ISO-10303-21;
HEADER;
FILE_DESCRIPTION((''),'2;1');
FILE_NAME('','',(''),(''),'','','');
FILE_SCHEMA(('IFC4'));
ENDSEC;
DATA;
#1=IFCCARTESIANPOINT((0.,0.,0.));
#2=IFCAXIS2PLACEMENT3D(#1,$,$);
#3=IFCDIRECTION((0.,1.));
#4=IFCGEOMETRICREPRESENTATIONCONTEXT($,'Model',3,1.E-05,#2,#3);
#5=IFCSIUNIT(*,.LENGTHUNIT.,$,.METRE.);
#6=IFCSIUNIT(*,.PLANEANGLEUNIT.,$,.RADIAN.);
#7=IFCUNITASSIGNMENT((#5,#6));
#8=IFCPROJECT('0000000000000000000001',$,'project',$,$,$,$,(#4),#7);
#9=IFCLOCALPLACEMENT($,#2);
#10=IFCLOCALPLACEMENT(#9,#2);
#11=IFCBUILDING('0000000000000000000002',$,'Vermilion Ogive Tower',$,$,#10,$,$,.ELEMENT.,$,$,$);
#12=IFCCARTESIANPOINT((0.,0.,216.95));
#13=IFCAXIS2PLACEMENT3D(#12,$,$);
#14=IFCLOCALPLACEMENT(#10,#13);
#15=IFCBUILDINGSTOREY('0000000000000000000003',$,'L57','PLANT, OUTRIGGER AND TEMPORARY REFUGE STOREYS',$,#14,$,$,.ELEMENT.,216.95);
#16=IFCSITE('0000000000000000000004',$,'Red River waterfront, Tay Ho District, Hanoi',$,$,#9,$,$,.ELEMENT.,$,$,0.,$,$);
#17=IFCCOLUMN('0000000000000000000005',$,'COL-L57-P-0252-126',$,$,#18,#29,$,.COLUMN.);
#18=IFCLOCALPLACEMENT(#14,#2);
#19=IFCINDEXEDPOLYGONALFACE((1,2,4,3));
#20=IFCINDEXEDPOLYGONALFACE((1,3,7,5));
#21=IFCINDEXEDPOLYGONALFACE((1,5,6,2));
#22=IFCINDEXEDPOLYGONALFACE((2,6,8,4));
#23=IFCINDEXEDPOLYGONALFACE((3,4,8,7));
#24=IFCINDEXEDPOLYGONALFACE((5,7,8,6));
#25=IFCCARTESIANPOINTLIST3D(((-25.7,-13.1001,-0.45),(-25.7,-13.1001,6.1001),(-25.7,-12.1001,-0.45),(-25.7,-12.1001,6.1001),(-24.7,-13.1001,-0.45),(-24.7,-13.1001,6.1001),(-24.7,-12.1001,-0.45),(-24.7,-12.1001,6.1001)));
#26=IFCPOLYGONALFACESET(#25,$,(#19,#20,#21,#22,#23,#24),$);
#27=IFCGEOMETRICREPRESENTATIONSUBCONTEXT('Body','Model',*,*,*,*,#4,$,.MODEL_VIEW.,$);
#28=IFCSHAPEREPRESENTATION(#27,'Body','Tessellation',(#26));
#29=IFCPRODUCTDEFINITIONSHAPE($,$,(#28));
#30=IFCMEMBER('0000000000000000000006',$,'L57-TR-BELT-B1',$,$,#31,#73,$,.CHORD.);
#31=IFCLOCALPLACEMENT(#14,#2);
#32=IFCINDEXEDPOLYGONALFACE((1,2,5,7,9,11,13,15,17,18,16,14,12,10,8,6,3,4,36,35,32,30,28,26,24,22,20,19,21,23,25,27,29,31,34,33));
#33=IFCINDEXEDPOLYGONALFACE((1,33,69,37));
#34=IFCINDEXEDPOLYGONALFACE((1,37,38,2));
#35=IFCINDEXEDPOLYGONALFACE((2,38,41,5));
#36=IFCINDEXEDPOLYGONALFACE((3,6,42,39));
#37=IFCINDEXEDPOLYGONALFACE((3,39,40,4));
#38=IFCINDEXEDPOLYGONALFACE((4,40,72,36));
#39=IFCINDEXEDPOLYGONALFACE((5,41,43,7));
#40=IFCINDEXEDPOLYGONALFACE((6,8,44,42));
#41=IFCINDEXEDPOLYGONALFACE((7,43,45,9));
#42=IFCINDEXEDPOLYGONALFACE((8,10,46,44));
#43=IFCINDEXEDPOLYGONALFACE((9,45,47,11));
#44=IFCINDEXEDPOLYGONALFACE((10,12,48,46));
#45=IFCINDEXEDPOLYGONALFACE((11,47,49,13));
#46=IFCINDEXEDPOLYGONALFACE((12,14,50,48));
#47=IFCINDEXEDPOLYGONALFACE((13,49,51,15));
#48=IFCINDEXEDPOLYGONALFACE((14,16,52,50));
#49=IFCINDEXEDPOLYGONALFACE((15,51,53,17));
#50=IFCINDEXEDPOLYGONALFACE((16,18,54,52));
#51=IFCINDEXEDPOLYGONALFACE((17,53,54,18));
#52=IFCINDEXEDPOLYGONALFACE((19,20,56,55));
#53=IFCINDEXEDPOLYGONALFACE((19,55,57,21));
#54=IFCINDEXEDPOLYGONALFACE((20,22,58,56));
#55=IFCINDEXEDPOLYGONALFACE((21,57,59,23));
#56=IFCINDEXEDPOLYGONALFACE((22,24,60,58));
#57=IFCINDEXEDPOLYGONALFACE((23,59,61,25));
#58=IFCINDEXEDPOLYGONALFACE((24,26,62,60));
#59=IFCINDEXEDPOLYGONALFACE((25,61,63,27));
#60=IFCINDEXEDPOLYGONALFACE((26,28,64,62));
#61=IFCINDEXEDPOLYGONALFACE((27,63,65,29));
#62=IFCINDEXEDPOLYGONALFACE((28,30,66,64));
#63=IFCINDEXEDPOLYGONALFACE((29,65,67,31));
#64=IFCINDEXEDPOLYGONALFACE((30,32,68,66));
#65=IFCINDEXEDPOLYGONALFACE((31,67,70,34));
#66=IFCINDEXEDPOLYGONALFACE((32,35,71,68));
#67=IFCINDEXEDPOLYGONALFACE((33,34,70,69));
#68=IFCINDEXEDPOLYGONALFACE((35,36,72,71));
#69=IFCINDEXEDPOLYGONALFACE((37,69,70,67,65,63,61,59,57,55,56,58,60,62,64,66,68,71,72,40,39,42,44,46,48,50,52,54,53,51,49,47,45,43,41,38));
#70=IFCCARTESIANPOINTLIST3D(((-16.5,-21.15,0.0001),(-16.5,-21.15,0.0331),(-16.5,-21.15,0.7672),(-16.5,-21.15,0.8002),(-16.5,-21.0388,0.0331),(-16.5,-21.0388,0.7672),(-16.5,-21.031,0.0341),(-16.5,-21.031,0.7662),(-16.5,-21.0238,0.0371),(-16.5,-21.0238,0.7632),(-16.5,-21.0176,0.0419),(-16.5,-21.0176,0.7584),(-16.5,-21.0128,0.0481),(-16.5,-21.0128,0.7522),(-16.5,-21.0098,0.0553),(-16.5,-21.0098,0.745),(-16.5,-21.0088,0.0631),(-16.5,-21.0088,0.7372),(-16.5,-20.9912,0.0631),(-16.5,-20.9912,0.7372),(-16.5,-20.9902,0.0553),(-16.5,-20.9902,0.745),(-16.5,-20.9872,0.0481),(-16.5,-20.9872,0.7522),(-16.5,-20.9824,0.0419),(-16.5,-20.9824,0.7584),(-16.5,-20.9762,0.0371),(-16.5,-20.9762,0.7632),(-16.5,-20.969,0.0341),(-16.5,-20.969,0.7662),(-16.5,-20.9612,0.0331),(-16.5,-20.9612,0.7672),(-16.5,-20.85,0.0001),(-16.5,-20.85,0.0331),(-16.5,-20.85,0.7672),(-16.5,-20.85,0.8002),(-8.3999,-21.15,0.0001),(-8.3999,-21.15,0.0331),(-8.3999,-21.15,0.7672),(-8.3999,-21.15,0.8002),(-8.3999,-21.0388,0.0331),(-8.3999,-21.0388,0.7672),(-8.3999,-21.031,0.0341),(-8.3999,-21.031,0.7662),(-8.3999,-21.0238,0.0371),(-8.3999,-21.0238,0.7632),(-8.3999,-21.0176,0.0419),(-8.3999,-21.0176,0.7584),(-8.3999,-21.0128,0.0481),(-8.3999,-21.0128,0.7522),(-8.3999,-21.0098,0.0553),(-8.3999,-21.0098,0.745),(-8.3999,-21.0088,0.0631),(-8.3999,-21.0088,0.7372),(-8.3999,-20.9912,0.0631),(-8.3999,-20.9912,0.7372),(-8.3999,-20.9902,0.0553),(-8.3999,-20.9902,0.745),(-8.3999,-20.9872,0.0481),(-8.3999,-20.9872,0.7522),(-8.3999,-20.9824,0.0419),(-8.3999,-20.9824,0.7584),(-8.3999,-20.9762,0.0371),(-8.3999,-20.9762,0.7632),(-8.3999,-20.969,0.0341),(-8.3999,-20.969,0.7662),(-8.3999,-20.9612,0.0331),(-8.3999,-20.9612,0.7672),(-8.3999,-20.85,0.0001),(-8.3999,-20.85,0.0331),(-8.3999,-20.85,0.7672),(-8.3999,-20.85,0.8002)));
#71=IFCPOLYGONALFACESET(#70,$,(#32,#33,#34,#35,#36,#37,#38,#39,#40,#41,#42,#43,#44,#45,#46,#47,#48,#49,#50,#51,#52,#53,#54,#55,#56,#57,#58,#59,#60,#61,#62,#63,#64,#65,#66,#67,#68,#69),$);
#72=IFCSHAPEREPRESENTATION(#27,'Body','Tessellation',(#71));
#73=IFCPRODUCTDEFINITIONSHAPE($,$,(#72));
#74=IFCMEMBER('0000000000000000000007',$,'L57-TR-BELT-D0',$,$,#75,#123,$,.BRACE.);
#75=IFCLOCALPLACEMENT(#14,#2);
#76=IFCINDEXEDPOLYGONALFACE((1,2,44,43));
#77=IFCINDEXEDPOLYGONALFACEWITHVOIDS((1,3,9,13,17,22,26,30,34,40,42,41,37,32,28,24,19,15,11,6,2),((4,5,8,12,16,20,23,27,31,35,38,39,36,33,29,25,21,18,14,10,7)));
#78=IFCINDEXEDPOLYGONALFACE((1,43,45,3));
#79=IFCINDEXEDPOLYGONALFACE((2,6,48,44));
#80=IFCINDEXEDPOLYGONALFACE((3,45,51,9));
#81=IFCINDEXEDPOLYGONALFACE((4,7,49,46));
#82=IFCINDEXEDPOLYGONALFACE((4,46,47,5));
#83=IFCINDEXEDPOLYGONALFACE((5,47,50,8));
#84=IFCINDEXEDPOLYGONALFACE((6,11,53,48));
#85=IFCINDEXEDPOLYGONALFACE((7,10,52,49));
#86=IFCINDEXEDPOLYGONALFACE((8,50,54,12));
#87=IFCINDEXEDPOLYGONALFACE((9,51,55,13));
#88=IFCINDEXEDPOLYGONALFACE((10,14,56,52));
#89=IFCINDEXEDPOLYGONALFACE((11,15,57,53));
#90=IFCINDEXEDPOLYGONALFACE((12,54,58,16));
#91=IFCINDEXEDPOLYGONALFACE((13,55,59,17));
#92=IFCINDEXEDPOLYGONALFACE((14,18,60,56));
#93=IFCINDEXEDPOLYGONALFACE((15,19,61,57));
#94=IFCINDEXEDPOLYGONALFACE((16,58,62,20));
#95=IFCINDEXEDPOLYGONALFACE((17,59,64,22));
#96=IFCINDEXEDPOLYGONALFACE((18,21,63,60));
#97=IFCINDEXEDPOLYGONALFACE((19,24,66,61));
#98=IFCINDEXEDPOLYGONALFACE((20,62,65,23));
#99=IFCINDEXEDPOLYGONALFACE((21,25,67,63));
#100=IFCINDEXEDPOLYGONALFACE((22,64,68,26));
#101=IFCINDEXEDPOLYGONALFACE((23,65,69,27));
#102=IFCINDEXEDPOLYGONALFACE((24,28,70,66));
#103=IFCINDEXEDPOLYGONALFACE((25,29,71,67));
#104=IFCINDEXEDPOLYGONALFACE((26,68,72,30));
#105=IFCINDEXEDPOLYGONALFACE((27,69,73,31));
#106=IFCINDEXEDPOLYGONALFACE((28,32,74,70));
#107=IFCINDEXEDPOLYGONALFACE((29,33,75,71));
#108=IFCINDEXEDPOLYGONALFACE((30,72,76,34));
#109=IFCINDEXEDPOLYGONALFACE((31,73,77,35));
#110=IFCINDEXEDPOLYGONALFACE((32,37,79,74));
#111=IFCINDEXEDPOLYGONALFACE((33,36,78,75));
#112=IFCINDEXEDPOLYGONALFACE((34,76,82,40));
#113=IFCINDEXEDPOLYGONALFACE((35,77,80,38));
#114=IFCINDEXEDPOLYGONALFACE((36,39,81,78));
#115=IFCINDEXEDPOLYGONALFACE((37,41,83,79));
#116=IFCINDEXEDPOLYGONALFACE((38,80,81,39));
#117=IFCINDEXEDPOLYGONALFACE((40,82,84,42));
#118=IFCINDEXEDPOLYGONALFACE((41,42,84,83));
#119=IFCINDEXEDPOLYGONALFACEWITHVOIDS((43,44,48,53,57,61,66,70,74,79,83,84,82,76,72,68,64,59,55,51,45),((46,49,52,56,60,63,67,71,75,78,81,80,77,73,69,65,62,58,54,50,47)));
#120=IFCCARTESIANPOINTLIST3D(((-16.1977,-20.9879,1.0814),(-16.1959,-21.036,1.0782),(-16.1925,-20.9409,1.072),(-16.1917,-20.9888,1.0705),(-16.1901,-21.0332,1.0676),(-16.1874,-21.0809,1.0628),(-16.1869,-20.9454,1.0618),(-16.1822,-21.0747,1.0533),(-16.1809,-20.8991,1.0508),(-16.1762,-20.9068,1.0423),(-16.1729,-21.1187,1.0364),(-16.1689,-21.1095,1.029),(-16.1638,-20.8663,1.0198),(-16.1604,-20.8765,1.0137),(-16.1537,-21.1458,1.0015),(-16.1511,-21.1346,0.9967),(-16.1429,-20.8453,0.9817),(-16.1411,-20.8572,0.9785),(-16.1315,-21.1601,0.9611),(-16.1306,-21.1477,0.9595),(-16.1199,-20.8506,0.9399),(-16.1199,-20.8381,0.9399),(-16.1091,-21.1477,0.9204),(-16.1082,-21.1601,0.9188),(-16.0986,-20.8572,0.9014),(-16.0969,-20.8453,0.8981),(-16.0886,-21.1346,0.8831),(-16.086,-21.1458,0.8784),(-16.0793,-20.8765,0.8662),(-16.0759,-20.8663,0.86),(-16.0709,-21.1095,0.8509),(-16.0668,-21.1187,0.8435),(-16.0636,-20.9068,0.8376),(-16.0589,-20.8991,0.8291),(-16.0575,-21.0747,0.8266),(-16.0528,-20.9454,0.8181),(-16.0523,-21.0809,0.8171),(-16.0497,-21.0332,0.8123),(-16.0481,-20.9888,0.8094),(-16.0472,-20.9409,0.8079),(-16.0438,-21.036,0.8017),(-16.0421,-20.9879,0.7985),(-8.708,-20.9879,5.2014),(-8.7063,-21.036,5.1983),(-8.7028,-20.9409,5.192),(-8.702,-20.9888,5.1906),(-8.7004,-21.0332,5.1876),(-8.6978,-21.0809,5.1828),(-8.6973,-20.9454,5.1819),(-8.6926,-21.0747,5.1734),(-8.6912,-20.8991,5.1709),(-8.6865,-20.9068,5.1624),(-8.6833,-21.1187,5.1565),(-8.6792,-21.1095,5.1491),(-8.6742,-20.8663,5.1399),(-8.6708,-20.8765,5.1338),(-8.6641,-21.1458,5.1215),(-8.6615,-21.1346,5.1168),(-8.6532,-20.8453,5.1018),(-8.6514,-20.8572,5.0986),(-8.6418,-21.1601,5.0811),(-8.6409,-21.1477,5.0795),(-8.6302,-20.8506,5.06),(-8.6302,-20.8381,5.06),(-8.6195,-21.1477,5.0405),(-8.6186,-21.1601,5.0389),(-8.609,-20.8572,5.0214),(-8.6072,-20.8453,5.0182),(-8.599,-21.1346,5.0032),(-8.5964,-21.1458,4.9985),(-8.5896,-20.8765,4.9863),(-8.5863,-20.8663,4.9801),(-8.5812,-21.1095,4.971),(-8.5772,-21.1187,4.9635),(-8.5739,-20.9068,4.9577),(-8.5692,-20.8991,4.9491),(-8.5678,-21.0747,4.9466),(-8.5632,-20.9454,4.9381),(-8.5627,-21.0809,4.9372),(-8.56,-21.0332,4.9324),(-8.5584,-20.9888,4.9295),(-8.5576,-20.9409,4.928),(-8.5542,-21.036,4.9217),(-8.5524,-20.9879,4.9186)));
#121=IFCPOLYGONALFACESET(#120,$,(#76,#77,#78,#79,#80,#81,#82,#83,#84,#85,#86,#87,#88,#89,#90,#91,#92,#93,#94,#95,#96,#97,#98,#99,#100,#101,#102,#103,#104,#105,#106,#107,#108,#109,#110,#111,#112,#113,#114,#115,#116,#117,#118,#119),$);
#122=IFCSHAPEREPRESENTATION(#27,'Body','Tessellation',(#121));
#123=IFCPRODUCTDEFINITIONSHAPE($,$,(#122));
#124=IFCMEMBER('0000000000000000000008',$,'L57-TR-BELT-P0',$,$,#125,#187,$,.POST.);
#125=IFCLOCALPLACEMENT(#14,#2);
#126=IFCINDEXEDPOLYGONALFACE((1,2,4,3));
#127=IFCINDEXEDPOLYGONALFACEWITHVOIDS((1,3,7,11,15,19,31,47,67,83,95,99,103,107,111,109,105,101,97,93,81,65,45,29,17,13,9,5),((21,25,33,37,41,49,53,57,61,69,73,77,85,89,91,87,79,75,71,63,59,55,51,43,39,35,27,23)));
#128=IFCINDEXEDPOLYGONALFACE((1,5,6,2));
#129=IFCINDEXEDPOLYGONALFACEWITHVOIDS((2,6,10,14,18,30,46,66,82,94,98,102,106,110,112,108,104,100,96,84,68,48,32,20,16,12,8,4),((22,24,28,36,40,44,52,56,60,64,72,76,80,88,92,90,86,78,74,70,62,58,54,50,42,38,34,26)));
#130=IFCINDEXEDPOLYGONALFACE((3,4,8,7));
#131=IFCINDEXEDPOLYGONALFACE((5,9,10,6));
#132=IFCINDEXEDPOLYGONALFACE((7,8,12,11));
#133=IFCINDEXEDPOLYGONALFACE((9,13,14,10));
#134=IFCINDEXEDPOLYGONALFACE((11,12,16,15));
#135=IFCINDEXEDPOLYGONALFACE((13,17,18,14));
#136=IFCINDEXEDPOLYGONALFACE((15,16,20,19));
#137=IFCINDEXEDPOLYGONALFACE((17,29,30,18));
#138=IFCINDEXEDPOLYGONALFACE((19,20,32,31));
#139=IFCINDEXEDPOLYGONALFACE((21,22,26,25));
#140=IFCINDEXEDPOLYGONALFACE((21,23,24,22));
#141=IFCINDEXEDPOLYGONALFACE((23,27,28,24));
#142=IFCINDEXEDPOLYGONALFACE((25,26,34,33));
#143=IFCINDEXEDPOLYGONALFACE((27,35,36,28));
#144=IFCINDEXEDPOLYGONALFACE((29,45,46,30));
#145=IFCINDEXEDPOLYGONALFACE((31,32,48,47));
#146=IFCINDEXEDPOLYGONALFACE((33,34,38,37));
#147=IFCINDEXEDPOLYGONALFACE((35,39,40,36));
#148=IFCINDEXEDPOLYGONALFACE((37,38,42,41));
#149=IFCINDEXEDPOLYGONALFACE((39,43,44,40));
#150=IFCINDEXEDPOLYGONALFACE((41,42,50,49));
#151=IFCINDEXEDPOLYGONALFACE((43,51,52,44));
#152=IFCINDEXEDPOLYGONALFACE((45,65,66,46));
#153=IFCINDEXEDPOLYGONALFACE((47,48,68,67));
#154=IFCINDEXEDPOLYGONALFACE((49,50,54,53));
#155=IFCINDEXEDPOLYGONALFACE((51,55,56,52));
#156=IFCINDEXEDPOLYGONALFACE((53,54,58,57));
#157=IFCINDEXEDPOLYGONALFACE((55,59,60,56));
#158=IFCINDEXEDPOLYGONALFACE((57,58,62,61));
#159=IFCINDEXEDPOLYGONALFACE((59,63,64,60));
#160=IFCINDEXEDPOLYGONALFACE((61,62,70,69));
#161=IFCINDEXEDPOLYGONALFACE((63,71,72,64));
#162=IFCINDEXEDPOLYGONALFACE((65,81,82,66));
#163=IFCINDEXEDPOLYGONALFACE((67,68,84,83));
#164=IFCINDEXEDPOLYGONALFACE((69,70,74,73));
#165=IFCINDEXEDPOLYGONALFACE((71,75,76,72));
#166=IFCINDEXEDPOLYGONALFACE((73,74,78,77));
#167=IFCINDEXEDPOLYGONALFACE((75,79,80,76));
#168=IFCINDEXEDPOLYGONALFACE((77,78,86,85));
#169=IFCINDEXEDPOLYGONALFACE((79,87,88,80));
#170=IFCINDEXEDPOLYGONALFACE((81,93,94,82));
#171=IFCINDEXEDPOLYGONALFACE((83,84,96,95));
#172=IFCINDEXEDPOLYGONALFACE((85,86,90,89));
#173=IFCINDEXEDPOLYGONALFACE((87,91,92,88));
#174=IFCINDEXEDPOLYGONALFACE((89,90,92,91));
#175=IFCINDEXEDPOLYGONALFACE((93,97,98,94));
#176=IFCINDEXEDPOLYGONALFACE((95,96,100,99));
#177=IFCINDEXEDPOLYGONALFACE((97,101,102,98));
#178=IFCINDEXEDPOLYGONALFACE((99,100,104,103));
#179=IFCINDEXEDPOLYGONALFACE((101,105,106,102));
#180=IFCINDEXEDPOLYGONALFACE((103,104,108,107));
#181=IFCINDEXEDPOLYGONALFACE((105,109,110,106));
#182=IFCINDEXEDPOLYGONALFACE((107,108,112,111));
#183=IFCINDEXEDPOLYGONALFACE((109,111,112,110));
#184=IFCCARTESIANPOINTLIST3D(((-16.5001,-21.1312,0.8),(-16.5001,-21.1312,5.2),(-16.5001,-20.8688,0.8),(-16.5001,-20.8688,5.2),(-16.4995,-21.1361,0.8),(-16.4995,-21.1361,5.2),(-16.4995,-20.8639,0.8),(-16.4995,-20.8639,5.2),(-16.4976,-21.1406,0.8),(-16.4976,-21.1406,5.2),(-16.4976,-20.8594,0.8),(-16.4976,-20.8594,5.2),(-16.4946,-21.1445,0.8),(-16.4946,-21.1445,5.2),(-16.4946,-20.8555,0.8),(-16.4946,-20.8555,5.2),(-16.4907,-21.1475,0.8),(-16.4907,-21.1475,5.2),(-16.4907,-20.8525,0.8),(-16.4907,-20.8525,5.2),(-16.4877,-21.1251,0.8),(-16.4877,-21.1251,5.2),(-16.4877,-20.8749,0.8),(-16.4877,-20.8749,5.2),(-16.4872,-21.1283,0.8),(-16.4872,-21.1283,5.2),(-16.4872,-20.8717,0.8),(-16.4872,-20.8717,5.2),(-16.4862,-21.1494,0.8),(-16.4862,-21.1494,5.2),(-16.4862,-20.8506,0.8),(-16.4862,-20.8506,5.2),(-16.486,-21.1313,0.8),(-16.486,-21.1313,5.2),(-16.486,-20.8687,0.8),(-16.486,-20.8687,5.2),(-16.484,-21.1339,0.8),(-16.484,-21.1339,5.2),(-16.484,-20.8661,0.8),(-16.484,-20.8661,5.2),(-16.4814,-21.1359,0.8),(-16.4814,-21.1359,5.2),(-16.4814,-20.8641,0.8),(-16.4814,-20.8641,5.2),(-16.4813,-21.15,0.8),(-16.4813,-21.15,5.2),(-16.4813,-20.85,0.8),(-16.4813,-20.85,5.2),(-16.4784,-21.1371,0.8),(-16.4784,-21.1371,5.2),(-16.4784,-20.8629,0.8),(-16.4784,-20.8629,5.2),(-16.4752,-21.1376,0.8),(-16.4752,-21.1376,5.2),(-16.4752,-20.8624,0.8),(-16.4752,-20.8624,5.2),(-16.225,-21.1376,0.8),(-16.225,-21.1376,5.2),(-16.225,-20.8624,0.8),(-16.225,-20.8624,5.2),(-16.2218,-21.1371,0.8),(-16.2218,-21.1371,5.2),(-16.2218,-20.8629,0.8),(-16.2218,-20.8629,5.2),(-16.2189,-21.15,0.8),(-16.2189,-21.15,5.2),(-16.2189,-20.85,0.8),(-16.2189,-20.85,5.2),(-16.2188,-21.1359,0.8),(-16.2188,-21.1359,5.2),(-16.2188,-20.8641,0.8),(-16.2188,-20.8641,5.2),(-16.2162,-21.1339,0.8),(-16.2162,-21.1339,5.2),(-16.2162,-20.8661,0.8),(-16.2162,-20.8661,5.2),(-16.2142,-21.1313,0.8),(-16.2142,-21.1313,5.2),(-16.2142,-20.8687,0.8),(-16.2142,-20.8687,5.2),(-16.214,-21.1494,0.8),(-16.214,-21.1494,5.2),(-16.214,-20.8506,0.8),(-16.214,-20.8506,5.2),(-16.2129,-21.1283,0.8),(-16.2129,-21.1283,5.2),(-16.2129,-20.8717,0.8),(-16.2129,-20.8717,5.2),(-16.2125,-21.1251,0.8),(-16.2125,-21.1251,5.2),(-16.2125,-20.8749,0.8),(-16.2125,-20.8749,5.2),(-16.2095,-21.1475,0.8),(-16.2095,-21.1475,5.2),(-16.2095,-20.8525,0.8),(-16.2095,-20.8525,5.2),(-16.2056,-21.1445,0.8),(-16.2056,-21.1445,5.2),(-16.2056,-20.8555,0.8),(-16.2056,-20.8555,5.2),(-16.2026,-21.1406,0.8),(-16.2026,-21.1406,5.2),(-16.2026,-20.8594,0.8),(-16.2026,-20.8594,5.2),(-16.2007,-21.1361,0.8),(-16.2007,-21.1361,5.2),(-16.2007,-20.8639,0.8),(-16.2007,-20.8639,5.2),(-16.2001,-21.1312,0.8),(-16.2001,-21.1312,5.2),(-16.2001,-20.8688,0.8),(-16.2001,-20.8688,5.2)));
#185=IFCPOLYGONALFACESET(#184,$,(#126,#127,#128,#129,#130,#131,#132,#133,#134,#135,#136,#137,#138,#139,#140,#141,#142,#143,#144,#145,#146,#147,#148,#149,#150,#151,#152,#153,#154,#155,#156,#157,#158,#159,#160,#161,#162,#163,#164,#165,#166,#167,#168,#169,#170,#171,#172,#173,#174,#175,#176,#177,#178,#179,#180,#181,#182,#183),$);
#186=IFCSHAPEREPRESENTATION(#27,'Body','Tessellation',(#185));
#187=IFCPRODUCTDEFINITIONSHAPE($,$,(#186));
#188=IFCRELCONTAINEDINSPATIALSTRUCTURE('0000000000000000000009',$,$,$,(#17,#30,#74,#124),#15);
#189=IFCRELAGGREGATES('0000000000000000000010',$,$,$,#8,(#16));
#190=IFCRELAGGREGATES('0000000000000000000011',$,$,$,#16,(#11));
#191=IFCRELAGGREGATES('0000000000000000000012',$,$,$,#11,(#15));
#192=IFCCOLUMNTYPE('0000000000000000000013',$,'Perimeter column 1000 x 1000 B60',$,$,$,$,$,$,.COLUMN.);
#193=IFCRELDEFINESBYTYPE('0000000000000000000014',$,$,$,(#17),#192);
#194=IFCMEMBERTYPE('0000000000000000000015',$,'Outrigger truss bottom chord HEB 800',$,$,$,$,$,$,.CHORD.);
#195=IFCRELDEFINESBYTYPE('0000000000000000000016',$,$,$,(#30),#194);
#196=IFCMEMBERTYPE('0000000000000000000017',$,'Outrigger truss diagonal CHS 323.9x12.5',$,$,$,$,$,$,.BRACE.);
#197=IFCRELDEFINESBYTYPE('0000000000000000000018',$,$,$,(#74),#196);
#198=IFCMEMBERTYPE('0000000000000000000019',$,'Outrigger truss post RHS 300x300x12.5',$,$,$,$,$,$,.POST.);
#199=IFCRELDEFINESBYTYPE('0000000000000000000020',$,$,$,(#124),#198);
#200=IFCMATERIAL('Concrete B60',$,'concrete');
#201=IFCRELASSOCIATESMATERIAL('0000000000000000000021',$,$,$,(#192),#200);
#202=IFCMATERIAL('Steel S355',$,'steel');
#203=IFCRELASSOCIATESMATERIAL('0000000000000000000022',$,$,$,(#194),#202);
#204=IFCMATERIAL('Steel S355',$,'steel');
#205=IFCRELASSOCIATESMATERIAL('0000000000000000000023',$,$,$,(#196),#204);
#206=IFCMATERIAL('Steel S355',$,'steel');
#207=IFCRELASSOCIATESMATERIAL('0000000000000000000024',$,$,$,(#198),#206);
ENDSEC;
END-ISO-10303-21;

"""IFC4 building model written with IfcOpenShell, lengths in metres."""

from ifc_helpers import new_model, si_unit, direction, frame, origin, origin_2d, place, context, subcontext, project, spatial, rectangle, hollow_rectangle, hollow_circle, i_section, extrude, material, material_profile, profile_set, type_object, element, save


model = new_model("IFC4")

# Units and contexts
model_context = context("Model", 3, precision=1e-05, world=origin(), true_north=direction((0.0, 1.0)))
body_context = subcontext(model_context, "Body", "Model", "MODEL_VIEW")
ifc_project = project(units=[si_unit("LENGTHUNIT", "METRE"), si_unit("PLANEANGLEUNIT", "RADIAN")], contexts=[model_context])

# Site, building, storey
site_placement = place(None, origin())
site = spatial("IfcSite", under=ifc_project, at=site_placement, Name="Red River waterfront, Tay Ho District, Hanoi", CompositionType="ELEMENT", RefElevation=0.0)
building_placement = place(site_placement, origin())
building = spatial("IfcBuilding", under=site, at=building_placement, Name="Vermilion Ogive Tower", CompositionType="ELEMENT")
storey_placement = place(building_placement, frame((0.0, 0.0, 216.95)))
storey = spatial("IfcBuildingStorey", under=building, at=storey_placement, Name="L57", Description="PLANT, OUTRIGGER AND TEMPORARY REFUGE STOREYS", CompositionType="ELEMENT", Elevation=216.95)

# Column
ifc_material_1 = material(Name="Concrete B60", Category="concrete")
ifc_material_profile_1 = material_profile(ifc_material_1, rectangle(XDim=1.0, YDim=1.0, at=origin_2d()), Name="1000 x 1000")
ifc_profile_set_1 = profile_set([ifc_material_profile_1], Name="Concrete B60")
column_type = type_object("IfcColumnType", Name="Perimeter column 1000 x 1000 B60", PredefinedType="COLUMN", material=ifc_profile_set_1)
column_placement = place(storey_placement, frame((-25.2, -12.6001, -0.45), z_axis=(0.0, 0.0, 1.0), x_axis=(1.0, 0.0, 0.0)))
element("IfcColumn", 1, at=column_placement, inside=storey, type_object=column_type, Name="COL-L57-P-0252-126", PredefinedType="COLUMN", context=body_context, shape_type="SweptSolid", body=[
    extrude(rectangle(XDim=1.0, YDim=1.0, at=origin_2d()), origin(), (0.0, 0.0, 1.0), 6.55),
])

# Members
ifc_material_2 = material(Name="Steel S355", Category="steel")
ifc_material_profile_2 = material_profile(ifc_material_2, i_section(OverallWidth=0.3, OverallDepth=0.8, WebThickness=0.0176, FlangeThickness=0.033, FilletRadius=0.03, at=origin_2d()), Name="HEB 800")
ifc_profile_set_2 = profile_set([ifc_material_profile_2], Name="Steel S355")
member_type_1 = type_object("IfcMemberType", Name="Outrigger truss bottom chord HEB 800", PredefinedType="CHORD", material=ifc_profile_set_2)
member_1_placement = place(storey_placement, frame((-16.5, -21.0, 0.4001), z_axis=(1.0, 0.0, 0.0), x_axis=(0.0, 1.0, 0.0)))
element("IfcMember", 2, at=member_1_placement, inside=storey, type_object=member_type_1, Name="L57-TR-BELT-B1", PredefinedType="CHORD", context=body_context, shape_type="SweptSolid", body=[
    extrude(i_section(OverallWidth=0.3, OverallDepth=0.8, WebThickness=0.0176, FlangeThickness=0.033, FilletRadius=0.03, at=origin_2d()), origin(), (0.0, 0.0, 1.0), 8.1001),
])
ifc_material_3 = material(Name="Steel S355", Category="steel")
ifc_material_profile_3 = material_profile(ifc_material_3, hollow_circle(Radius=0.1619, WallThickness=0.0125, at=origin_2d()), Name="CHS 323.9x12.5")
ifc_profile_set_3 = profile_set([ifc_material_profile_3], Name="Steel S355")
member_type_2 = type_object("IfcMemberType", Name="Outrigger truss diagonal CHS 323.9x12.5", PredefinedType="BRACE", material=ifc_profile_set_3)
member_2_placement = place(storey_placement, frame((-16.1199, -21.0, 0.9399), z_axis=(0.876179, 0.0, 0.481987), x_axis=(0.0, 1.0, 0.0)))
element("IfcMember", 3, at=member_2_placement, inside=storey, type_object=member_type_2, Name="L57-TR-BELT-D0", PredefinedType="BRACE", context=body_context, shape_type="SweptSolid", body=[
    extrude(hollow_circle(Radius=0.1619, WallThickness=0.0125, at=origin_2d()), origin(), (0.0, 0.0, 1.0), 8.5481),
])
ifc_material_4 = material(Name="Steel S355", Category="steel")
ifc_material_profile_4 = material_profile(ifc_material_4, hollow_rectangle(XDim=0.3, YDim=0.3, WallThickness=0.0125, InnerFilletRadius=0.0125, OuterFilletRadius=0.0188, at=origin_2d()), Name="RHS 300x300x12.5")
ifc_profile_set_4 = profile_set([ifc_material_profile_4], Name="Steel S355")
member_type_3 = type_object("IfcMemberType", Name="Outrigger truss post RHS 300x300x12.5", PredefinedType="POST", material=ifc_profile_set_4)
member_3_placement = place(storey_placement, frame((-16.3501, -21.0, 0.8), z_axis=(0.0, 0.0, 1.0), x_axis=(1.0, 0.0, 0.0)))
element("IfcMember", 4, at=member_3_placement, inside=storey, type_object=member_type_3, Name="L57-TR-BELT-P0", PredefinedType="POST", context=body_context, shape_type="SweptSolid", body=[
    extrude(hollow_rectangle(XDim=0.3, YDim=0.3, WallThickness=0.0125, InnerFilletRadius=0.0125, OuterFilletRadius=0.0188, at=origin_2d()), origin(), (0.0, 0.0, 1.0), 4.3999),
])

save(model, "model.ifc")
